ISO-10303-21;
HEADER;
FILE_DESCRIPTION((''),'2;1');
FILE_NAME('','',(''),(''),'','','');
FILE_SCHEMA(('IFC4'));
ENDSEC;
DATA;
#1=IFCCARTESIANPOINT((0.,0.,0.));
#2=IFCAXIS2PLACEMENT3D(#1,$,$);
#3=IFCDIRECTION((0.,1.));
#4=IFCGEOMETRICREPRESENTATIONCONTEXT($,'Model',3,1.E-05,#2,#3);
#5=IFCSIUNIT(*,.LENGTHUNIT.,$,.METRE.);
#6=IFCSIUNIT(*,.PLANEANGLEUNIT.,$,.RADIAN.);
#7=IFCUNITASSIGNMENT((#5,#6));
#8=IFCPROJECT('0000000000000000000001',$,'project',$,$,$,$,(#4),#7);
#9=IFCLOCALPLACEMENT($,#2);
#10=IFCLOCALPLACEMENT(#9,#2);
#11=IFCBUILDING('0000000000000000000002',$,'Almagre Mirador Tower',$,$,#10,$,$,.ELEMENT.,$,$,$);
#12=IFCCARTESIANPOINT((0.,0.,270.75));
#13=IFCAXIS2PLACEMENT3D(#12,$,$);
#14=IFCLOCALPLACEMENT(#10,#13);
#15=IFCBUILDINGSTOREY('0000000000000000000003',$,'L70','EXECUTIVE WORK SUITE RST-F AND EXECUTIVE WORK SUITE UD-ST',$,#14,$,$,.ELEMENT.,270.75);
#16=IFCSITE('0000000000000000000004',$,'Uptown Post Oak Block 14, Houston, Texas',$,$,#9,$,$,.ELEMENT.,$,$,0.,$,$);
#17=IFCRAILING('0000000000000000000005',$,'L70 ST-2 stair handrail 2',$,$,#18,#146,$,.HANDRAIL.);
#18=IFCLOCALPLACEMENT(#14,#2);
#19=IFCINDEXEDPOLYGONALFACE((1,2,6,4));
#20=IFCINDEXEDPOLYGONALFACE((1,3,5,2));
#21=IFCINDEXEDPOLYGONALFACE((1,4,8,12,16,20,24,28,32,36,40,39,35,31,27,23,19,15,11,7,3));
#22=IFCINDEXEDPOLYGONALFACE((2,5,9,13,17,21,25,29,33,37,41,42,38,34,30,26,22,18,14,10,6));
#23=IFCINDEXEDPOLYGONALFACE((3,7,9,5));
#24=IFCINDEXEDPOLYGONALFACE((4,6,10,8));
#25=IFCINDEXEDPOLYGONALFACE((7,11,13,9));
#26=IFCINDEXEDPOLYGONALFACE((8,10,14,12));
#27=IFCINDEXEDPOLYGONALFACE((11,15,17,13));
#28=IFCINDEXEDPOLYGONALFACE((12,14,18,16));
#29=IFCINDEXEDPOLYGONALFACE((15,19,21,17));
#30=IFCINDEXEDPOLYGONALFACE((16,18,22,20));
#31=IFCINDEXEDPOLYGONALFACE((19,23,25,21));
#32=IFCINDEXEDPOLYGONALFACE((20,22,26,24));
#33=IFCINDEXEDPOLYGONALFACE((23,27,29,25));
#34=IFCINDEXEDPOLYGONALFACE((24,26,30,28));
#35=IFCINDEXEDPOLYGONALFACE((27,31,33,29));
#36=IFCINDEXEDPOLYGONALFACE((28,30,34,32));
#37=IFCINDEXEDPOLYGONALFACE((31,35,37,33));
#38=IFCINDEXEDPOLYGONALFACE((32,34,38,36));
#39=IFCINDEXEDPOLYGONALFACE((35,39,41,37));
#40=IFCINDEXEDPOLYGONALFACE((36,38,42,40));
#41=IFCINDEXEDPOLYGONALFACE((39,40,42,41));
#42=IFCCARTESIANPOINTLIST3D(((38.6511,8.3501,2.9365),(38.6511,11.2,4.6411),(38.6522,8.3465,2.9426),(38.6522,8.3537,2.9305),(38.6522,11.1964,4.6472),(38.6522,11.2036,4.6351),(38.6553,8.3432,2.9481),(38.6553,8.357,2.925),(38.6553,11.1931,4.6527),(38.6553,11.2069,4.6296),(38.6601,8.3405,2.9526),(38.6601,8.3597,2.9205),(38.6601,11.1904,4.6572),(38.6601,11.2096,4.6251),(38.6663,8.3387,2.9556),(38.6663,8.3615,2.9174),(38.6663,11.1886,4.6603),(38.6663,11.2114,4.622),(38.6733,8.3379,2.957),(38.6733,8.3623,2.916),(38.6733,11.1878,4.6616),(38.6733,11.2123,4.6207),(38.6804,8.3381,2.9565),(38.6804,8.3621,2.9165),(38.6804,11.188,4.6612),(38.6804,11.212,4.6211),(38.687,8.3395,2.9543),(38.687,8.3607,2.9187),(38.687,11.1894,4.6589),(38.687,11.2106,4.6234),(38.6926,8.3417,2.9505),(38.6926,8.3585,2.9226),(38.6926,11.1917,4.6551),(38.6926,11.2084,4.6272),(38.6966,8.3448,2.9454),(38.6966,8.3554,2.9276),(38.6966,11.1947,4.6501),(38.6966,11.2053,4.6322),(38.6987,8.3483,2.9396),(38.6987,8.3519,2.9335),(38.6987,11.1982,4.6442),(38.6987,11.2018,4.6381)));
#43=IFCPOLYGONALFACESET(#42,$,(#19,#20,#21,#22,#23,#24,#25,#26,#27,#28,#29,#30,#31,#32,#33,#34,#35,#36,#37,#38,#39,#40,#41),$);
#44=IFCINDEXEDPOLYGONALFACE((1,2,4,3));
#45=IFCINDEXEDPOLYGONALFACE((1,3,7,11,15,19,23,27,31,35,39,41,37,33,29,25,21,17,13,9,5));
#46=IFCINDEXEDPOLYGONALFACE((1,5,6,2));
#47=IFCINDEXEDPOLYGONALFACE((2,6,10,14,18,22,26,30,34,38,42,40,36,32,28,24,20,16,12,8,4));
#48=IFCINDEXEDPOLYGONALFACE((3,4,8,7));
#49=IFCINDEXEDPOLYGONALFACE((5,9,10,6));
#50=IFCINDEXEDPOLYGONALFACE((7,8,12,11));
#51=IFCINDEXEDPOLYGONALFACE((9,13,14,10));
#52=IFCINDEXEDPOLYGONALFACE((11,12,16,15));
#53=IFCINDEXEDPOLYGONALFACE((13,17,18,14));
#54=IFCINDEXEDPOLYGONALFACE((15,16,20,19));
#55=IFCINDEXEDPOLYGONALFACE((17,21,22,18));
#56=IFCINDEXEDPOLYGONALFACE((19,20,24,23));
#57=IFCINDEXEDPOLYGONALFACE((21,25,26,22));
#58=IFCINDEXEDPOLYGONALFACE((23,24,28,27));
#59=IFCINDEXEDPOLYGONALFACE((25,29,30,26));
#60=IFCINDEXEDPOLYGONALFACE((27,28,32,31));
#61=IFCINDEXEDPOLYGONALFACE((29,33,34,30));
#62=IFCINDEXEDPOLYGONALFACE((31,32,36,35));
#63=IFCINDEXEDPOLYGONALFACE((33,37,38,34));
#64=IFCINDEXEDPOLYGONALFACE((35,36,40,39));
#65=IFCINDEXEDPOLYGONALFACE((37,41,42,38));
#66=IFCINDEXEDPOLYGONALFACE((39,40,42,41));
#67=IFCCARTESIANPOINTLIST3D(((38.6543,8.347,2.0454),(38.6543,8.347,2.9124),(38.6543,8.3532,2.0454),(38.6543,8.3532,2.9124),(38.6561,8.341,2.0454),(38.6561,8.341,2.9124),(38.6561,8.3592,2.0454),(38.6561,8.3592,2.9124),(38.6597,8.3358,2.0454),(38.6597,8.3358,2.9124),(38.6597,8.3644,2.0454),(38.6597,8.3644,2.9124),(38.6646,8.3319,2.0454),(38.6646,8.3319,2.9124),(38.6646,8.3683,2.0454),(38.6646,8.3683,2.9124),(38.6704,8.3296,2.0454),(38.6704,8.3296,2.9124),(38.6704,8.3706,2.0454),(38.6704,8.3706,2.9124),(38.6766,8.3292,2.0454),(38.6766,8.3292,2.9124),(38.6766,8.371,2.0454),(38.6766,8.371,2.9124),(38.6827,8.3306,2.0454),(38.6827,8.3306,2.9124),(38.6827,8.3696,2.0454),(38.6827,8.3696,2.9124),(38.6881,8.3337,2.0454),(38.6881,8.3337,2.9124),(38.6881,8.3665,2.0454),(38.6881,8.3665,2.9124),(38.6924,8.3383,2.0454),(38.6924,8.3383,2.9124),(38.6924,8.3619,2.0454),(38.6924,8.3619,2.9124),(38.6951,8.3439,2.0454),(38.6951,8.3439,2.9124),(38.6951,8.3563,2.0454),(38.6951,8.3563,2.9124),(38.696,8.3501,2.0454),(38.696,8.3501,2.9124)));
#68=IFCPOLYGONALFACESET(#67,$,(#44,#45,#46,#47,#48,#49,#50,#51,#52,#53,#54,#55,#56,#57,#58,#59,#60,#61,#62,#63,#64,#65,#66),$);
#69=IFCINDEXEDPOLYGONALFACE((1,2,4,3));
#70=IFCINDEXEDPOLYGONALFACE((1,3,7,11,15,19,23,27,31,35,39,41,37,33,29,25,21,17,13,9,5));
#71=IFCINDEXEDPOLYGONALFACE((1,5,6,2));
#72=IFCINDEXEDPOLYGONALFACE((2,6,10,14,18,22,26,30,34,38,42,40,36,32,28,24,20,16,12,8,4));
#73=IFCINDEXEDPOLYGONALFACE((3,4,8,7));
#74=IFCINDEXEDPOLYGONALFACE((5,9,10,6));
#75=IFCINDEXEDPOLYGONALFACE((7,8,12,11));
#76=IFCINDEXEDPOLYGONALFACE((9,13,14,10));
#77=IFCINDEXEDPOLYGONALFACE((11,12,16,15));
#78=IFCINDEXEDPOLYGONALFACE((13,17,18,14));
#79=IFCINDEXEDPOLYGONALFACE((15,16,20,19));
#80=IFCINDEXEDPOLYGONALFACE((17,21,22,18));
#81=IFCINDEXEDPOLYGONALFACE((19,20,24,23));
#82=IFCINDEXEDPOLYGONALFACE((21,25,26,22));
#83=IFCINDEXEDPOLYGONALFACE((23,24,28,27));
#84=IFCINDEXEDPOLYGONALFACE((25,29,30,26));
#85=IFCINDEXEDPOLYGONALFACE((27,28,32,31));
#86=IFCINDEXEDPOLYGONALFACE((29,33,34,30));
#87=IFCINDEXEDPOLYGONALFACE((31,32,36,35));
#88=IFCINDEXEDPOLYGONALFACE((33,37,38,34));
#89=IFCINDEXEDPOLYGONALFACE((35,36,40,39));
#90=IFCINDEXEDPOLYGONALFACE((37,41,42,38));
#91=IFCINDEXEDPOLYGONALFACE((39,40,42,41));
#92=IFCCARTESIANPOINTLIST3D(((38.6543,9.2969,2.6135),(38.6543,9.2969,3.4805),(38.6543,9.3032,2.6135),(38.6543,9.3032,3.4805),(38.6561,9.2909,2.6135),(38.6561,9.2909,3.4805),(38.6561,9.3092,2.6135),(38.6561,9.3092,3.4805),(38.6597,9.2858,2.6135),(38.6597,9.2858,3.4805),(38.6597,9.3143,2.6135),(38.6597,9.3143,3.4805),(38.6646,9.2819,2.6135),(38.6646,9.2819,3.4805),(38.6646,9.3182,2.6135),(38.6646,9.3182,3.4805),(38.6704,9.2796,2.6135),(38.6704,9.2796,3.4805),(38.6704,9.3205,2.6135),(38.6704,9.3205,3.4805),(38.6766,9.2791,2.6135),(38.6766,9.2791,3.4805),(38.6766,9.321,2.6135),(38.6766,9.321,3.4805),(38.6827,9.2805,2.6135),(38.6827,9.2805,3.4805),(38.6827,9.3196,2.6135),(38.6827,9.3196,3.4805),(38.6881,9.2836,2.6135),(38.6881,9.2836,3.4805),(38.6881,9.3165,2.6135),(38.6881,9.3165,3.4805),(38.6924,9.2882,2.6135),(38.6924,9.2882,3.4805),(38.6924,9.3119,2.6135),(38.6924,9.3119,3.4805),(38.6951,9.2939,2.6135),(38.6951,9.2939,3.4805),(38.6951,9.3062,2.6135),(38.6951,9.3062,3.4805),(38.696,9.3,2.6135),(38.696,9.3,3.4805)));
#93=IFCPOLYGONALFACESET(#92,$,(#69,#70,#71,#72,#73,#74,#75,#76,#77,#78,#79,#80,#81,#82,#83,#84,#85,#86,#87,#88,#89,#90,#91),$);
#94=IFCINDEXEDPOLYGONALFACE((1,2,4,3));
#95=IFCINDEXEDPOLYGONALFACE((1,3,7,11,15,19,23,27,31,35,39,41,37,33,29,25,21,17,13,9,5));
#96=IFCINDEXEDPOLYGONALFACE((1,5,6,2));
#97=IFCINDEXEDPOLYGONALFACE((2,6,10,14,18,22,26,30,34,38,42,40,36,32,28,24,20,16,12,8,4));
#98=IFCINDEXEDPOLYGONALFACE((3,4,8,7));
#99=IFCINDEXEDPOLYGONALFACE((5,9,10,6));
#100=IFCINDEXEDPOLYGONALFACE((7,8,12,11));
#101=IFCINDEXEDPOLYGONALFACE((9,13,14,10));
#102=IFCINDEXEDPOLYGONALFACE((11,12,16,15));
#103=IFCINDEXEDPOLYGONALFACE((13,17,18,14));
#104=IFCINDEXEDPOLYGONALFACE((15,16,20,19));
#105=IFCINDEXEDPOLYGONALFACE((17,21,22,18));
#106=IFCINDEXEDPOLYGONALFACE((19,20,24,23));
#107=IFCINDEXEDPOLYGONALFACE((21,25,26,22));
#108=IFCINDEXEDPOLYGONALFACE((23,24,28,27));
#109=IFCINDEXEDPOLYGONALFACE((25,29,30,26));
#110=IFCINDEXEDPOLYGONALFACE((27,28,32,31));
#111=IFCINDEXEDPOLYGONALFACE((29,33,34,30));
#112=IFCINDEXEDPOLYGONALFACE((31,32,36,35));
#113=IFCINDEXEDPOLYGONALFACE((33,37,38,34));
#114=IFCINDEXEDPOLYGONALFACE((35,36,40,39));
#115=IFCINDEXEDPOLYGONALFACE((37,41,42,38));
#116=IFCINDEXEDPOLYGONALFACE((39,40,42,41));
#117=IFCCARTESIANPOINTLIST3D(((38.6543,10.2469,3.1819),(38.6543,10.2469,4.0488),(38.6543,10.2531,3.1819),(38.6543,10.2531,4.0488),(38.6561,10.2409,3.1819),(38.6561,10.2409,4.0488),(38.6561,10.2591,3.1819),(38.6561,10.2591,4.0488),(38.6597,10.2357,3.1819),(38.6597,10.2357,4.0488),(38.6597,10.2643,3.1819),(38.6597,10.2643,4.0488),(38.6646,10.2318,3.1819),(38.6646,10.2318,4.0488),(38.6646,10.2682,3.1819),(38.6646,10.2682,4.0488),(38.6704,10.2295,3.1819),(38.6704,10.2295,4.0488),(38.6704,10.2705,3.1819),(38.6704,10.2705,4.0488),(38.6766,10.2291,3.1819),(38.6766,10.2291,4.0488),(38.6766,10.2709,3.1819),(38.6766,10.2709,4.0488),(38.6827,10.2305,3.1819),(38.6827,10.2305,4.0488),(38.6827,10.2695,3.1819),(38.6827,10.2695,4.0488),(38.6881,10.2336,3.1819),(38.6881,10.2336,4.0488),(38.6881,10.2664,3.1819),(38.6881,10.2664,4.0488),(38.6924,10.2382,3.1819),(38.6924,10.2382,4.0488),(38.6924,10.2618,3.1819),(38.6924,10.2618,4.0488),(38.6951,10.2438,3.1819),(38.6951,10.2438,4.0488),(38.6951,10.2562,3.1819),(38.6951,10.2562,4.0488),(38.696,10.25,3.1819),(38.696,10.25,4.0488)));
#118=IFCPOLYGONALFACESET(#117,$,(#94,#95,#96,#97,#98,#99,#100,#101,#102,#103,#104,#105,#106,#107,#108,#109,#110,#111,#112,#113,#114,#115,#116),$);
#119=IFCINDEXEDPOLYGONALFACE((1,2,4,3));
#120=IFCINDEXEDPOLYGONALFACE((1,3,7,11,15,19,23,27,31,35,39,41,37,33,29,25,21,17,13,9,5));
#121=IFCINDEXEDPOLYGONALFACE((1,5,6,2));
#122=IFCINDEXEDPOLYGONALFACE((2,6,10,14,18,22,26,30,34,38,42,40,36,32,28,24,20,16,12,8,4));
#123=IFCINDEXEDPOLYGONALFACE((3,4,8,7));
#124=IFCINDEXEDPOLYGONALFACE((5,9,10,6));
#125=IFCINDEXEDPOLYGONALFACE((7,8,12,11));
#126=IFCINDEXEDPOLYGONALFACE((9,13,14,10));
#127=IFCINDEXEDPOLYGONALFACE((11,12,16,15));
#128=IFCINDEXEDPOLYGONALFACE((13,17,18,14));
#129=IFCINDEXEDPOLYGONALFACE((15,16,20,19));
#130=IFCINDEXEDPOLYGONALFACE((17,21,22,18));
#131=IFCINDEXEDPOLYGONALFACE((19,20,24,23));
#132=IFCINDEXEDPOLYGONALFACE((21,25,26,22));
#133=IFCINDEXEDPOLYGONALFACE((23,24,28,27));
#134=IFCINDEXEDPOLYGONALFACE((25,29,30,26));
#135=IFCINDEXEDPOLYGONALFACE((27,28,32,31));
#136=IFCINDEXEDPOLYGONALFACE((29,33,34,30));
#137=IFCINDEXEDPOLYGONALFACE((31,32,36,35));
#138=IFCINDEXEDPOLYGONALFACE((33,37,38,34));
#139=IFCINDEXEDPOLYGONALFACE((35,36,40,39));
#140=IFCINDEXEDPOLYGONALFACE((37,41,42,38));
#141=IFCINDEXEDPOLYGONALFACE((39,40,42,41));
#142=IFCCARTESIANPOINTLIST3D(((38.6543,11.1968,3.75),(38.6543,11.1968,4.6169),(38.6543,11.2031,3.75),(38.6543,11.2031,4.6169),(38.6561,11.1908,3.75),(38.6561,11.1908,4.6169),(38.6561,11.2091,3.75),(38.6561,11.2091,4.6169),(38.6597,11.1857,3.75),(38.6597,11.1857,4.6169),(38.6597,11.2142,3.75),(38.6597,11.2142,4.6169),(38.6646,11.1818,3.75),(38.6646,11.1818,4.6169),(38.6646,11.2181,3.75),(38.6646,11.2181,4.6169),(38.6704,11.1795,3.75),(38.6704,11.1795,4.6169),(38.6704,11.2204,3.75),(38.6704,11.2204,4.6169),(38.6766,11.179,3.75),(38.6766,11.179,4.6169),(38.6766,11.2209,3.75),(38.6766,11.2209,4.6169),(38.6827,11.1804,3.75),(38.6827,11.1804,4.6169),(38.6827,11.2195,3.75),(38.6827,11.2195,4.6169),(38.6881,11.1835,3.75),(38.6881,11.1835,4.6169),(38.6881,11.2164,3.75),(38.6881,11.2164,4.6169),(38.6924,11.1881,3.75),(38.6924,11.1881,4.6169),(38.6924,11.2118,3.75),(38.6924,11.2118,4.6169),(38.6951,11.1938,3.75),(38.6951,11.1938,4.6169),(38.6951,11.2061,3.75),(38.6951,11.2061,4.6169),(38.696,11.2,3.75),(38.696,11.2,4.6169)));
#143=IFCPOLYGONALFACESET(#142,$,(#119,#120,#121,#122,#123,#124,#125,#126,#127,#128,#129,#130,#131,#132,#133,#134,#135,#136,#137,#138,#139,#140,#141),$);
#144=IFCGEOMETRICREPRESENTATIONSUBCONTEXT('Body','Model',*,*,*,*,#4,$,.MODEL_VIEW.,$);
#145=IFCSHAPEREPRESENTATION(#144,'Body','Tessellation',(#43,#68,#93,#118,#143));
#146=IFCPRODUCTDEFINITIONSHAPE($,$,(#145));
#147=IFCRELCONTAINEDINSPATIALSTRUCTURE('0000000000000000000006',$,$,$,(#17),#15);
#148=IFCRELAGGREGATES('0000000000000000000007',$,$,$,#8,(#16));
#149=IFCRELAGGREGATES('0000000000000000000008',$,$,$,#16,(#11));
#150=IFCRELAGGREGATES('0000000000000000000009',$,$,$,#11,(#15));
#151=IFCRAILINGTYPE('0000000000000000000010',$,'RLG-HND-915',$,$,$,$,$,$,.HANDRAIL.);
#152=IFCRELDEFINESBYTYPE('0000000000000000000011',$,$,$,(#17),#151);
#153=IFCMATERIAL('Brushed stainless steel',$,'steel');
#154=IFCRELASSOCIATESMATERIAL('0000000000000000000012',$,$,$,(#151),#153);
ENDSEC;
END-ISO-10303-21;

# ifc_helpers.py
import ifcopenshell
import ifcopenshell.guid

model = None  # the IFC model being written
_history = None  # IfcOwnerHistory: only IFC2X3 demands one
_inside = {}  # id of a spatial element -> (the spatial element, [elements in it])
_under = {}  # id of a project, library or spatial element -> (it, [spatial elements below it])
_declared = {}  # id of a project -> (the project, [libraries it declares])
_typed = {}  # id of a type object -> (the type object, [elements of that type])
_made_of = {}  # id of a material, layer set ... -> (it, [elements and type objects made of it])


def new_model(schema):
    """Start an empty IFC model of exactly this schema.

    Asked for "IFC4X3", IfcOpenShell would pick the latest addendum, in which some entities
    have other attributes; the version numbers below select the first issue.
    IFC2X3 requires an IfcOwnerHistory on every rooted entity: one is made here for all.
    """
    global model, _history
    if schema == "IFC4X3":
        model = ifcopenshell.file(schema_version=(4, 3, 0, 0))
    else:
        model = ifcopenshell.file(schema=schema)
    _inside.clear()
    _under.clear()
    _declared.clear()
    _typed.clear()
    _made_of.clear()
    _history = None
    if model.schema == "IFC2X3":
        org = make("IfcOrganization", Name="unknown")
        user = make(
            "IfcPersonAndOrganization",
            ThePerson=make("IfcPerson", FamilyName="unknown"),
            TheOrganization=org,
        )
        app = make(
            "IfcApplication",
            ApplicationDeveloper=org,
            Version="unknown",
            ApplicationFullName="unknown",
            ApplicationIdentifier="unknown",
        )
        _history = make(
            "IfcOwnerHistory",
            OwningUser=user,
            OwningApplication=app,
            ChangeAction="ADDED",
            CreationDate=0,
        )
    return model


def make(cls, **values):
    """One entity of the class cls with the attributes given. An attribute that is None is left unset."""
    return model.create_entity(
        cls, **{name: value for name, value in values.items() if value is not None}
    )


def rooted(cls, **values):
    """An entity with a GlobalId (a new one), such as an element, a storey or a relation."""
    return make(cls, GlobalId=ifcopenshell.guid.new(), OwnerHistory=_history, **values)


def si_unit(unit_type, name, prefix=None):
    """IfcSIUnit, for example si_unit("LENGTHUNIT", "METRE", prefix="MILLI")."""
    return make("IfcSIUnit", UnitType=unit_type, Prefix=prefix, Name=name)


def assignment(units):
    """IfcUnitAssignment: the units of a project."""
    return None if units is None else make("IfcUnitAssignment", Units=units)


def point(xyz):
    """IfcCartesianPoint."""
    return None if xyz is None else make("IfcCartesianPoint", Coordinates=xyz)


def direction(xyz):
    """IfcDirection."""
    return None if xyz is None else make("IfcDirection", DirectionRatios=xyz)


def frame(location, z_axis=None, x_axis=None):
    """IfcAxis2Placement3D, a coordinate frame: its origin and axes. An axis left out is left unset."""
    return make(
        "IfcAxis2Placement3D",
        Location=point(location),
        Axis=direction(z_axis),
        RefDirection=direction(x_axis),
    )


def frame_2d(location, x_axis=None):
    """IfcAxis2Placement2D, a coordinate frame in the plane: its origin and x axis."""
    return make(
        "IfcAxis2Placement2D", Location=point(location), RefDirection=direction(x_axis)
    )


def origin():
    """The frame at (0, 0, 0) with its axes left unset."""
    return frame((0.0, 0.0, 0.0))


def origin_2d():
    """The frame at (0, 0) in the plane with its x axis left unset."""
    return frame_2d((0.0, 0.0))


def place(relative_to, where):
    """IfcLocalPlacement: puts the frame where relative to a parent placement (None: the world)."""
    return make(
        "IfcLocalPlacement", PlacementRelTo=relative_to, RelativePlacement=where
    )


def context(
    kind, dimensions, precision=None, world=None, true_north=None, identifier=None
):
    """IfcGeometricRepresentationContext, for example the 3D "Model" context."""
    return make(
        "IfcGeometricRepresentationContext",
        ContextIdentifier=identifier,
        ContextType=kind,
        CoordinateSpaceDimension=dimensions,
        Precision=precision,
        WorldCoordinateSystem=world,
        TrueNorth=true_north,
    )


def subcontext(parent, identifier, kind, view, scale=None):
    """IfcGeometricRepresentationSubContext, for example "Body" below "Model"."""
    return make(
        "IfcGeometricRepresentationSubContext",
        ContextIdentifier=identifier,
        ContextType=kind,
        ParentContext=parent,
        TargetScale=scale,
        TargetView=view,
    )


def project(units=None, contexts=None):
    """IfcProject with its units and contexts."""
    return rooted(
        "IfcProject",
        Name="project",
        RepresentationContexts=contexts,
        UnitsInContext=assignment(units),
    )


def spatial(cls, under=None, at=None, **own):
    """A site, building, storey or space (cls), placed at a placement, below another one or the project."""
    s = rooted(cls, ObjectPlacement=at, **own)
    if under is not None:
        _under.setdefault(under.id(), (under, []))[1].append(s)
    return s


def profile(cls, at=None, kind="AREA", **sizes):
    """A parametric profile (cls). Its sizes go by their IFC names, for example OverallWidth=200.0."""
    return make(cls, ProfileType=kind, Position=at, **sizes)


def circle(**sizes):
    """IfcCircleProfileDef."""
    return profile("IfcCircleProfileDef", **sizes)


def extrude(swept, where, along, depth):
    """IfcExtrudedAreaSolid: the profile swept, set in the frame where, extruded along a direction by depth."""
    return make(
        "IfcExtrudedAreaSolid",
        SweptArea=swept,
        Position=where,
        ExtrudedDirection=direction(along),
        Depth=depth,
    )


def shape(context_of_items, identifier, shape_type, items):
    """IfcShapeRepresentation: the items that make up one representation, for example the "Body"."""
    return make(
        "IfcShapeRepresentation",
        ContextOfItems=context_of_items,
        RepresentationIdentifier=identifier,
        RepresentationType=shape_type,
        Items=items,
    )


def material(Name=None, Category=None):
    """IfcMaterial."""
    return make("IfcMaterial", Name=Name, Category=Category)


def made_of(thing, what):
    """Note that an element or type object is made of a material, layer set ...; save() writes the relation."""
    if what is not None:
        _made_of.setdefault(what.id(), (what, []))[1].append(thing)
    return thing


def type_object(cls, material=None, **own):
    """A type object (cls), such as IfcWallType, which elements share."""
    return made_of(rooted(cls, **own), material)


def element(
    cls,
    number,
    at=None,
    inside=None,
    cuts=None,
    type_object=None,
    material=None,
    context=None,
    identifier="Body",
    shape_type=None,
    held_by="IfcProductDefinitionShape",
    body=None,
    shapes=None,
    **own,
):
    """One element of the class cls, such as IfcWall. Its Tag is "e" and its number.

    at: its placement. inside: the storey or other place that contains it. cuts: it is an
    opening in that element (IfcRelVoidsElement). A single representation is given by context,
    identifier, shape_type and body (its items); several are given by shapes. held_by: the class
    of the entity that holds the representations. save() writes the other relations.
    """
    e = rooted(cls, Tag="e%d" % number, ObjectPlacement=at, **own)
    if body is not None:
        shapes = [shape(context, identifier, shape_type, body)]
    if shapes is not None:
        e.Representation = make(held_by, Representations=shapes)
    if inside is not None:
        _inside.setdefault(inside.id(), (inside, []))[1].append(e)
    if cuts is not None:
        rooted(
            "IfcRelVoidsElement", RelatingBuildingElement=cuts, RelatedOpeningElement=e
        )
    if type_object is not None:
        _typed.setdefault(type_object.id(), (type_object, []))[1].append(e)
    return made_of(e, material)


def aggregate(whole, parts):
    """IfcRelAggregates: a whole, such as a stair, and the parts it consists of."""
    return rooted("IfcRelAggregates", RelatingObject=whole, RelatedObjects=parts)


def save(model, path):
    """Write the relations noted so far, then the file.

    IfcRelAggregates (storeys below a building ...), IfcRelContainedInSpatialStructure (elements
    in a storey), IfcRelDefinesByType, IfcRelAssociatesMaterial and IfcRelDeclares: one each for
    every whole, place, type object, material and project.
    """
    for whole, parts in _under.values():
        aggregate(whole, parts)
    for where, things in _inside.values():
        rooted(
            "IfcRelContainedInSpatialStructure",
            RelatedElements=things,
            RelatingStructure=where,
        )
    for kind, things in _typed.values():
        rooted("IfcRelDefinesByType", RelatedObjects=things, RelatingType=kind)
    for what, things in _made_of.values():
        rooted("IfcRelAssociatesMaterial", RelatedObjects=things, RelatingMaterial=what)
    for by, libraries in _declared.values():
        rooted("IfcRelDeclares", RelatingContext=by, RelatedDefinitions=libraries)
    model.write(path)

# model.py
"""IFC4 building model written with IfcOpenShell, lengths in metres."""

from ifc_helpers import new_model, si_unit, direction, frame, origin, origin_2d, place, context, subcontext, project, spatial, circle, extrude, material, type_object, element, save


model = new_model("IFC4")

# Units and contexts
model_context = context("Model", 3, precision=1e-05, world=origin(), true_north=direction((0.0, 1.0)))
body_context = subcontext(model_context, "Body", "Model", "MODEL_VIEW")
ifc_project = project(units=[si_unit("LENGTHUNIT", "METRE"), si_unit("PLANEANGLEUNIT", "RADIAN")], contexts=[model_context])

# Site, building, storey
site_placement = place(None, origin())
site = spatial("IfcSite", under=ifc_project, at=site_placement, Name="Uptown Post Oak Block 14, Houston, Texas", CompositionType="ELEMENT", RefElevation=0.0)
building_placement = place(site_placement, origin())
building = spatial("IfcBuilding", under=site, at=building_placement, Name="Almagre Mirador Tower", CompositionType="ELEMENT")
storey_placement = place(building_placement, frame((0.0, 0.0, 270.75)))
storey = spatial("IfcBuildingStorey", under=building, at=storey_placement, Name="L70", Description="EXECUTIVE WORK SUITE RST-F AND EXECUTIVE WORK SUITE UD-ST", CompositionType="ELEMENT", Elevation=270.75)

# Railing
ifc_material_1 = material(Name="Brushed stainless steel", Category="steel")
railing_type_1 = type_object("IfcRailingType", Name="RLG-HND-915", PredefinedType="HANDRAIL", material=ifc_material_1)
railing_1_placement = place(storey_placement, frame((38.675, 8.3501, 2.0454)))
element("IfcRailing", 1, at=railing_1_placement, inside=storey, type_object=railing_type_1, Name="L70 ST-2 stair handrail 2", PredefinedType="HANDRAIL", context=body_context, shape_type="SweptSolid", body=[
    extrude(circle(Radius=0.0239, at=origin_2d()), frame((0.0, 0.0, 0.8911), z_axis=(0.0, 0.858199, 0.513317), x_axis=(-1.0, 0.0, 0.0)), (0.0, 0.0, 1.0), 3.3208),
    extrude(circle(Radius=0.021, at=origin_2d()), origin(), (0.0, 0.0, 1.0), 0.8669),
    extrude(circle(Radius=0.021, at=origin_2d()), frame((0.0, 0.95, 0.5681)), (0.0, 0.0, 1.0), 0.8669),
    extrude(circle(Radius=0.021, at=origin_2d()), frame((0.0, 1.8999, 1.1365)), (0.0, 0.0, 1.0), 0.8669),
    extrude(circle(Radius=0.021, at=origin_2d()), frame((0.0, 2.8499, 1.7046)), (0.0, 0.0, 1.0), 0.8669),
])

save(model, "model.ifc")
